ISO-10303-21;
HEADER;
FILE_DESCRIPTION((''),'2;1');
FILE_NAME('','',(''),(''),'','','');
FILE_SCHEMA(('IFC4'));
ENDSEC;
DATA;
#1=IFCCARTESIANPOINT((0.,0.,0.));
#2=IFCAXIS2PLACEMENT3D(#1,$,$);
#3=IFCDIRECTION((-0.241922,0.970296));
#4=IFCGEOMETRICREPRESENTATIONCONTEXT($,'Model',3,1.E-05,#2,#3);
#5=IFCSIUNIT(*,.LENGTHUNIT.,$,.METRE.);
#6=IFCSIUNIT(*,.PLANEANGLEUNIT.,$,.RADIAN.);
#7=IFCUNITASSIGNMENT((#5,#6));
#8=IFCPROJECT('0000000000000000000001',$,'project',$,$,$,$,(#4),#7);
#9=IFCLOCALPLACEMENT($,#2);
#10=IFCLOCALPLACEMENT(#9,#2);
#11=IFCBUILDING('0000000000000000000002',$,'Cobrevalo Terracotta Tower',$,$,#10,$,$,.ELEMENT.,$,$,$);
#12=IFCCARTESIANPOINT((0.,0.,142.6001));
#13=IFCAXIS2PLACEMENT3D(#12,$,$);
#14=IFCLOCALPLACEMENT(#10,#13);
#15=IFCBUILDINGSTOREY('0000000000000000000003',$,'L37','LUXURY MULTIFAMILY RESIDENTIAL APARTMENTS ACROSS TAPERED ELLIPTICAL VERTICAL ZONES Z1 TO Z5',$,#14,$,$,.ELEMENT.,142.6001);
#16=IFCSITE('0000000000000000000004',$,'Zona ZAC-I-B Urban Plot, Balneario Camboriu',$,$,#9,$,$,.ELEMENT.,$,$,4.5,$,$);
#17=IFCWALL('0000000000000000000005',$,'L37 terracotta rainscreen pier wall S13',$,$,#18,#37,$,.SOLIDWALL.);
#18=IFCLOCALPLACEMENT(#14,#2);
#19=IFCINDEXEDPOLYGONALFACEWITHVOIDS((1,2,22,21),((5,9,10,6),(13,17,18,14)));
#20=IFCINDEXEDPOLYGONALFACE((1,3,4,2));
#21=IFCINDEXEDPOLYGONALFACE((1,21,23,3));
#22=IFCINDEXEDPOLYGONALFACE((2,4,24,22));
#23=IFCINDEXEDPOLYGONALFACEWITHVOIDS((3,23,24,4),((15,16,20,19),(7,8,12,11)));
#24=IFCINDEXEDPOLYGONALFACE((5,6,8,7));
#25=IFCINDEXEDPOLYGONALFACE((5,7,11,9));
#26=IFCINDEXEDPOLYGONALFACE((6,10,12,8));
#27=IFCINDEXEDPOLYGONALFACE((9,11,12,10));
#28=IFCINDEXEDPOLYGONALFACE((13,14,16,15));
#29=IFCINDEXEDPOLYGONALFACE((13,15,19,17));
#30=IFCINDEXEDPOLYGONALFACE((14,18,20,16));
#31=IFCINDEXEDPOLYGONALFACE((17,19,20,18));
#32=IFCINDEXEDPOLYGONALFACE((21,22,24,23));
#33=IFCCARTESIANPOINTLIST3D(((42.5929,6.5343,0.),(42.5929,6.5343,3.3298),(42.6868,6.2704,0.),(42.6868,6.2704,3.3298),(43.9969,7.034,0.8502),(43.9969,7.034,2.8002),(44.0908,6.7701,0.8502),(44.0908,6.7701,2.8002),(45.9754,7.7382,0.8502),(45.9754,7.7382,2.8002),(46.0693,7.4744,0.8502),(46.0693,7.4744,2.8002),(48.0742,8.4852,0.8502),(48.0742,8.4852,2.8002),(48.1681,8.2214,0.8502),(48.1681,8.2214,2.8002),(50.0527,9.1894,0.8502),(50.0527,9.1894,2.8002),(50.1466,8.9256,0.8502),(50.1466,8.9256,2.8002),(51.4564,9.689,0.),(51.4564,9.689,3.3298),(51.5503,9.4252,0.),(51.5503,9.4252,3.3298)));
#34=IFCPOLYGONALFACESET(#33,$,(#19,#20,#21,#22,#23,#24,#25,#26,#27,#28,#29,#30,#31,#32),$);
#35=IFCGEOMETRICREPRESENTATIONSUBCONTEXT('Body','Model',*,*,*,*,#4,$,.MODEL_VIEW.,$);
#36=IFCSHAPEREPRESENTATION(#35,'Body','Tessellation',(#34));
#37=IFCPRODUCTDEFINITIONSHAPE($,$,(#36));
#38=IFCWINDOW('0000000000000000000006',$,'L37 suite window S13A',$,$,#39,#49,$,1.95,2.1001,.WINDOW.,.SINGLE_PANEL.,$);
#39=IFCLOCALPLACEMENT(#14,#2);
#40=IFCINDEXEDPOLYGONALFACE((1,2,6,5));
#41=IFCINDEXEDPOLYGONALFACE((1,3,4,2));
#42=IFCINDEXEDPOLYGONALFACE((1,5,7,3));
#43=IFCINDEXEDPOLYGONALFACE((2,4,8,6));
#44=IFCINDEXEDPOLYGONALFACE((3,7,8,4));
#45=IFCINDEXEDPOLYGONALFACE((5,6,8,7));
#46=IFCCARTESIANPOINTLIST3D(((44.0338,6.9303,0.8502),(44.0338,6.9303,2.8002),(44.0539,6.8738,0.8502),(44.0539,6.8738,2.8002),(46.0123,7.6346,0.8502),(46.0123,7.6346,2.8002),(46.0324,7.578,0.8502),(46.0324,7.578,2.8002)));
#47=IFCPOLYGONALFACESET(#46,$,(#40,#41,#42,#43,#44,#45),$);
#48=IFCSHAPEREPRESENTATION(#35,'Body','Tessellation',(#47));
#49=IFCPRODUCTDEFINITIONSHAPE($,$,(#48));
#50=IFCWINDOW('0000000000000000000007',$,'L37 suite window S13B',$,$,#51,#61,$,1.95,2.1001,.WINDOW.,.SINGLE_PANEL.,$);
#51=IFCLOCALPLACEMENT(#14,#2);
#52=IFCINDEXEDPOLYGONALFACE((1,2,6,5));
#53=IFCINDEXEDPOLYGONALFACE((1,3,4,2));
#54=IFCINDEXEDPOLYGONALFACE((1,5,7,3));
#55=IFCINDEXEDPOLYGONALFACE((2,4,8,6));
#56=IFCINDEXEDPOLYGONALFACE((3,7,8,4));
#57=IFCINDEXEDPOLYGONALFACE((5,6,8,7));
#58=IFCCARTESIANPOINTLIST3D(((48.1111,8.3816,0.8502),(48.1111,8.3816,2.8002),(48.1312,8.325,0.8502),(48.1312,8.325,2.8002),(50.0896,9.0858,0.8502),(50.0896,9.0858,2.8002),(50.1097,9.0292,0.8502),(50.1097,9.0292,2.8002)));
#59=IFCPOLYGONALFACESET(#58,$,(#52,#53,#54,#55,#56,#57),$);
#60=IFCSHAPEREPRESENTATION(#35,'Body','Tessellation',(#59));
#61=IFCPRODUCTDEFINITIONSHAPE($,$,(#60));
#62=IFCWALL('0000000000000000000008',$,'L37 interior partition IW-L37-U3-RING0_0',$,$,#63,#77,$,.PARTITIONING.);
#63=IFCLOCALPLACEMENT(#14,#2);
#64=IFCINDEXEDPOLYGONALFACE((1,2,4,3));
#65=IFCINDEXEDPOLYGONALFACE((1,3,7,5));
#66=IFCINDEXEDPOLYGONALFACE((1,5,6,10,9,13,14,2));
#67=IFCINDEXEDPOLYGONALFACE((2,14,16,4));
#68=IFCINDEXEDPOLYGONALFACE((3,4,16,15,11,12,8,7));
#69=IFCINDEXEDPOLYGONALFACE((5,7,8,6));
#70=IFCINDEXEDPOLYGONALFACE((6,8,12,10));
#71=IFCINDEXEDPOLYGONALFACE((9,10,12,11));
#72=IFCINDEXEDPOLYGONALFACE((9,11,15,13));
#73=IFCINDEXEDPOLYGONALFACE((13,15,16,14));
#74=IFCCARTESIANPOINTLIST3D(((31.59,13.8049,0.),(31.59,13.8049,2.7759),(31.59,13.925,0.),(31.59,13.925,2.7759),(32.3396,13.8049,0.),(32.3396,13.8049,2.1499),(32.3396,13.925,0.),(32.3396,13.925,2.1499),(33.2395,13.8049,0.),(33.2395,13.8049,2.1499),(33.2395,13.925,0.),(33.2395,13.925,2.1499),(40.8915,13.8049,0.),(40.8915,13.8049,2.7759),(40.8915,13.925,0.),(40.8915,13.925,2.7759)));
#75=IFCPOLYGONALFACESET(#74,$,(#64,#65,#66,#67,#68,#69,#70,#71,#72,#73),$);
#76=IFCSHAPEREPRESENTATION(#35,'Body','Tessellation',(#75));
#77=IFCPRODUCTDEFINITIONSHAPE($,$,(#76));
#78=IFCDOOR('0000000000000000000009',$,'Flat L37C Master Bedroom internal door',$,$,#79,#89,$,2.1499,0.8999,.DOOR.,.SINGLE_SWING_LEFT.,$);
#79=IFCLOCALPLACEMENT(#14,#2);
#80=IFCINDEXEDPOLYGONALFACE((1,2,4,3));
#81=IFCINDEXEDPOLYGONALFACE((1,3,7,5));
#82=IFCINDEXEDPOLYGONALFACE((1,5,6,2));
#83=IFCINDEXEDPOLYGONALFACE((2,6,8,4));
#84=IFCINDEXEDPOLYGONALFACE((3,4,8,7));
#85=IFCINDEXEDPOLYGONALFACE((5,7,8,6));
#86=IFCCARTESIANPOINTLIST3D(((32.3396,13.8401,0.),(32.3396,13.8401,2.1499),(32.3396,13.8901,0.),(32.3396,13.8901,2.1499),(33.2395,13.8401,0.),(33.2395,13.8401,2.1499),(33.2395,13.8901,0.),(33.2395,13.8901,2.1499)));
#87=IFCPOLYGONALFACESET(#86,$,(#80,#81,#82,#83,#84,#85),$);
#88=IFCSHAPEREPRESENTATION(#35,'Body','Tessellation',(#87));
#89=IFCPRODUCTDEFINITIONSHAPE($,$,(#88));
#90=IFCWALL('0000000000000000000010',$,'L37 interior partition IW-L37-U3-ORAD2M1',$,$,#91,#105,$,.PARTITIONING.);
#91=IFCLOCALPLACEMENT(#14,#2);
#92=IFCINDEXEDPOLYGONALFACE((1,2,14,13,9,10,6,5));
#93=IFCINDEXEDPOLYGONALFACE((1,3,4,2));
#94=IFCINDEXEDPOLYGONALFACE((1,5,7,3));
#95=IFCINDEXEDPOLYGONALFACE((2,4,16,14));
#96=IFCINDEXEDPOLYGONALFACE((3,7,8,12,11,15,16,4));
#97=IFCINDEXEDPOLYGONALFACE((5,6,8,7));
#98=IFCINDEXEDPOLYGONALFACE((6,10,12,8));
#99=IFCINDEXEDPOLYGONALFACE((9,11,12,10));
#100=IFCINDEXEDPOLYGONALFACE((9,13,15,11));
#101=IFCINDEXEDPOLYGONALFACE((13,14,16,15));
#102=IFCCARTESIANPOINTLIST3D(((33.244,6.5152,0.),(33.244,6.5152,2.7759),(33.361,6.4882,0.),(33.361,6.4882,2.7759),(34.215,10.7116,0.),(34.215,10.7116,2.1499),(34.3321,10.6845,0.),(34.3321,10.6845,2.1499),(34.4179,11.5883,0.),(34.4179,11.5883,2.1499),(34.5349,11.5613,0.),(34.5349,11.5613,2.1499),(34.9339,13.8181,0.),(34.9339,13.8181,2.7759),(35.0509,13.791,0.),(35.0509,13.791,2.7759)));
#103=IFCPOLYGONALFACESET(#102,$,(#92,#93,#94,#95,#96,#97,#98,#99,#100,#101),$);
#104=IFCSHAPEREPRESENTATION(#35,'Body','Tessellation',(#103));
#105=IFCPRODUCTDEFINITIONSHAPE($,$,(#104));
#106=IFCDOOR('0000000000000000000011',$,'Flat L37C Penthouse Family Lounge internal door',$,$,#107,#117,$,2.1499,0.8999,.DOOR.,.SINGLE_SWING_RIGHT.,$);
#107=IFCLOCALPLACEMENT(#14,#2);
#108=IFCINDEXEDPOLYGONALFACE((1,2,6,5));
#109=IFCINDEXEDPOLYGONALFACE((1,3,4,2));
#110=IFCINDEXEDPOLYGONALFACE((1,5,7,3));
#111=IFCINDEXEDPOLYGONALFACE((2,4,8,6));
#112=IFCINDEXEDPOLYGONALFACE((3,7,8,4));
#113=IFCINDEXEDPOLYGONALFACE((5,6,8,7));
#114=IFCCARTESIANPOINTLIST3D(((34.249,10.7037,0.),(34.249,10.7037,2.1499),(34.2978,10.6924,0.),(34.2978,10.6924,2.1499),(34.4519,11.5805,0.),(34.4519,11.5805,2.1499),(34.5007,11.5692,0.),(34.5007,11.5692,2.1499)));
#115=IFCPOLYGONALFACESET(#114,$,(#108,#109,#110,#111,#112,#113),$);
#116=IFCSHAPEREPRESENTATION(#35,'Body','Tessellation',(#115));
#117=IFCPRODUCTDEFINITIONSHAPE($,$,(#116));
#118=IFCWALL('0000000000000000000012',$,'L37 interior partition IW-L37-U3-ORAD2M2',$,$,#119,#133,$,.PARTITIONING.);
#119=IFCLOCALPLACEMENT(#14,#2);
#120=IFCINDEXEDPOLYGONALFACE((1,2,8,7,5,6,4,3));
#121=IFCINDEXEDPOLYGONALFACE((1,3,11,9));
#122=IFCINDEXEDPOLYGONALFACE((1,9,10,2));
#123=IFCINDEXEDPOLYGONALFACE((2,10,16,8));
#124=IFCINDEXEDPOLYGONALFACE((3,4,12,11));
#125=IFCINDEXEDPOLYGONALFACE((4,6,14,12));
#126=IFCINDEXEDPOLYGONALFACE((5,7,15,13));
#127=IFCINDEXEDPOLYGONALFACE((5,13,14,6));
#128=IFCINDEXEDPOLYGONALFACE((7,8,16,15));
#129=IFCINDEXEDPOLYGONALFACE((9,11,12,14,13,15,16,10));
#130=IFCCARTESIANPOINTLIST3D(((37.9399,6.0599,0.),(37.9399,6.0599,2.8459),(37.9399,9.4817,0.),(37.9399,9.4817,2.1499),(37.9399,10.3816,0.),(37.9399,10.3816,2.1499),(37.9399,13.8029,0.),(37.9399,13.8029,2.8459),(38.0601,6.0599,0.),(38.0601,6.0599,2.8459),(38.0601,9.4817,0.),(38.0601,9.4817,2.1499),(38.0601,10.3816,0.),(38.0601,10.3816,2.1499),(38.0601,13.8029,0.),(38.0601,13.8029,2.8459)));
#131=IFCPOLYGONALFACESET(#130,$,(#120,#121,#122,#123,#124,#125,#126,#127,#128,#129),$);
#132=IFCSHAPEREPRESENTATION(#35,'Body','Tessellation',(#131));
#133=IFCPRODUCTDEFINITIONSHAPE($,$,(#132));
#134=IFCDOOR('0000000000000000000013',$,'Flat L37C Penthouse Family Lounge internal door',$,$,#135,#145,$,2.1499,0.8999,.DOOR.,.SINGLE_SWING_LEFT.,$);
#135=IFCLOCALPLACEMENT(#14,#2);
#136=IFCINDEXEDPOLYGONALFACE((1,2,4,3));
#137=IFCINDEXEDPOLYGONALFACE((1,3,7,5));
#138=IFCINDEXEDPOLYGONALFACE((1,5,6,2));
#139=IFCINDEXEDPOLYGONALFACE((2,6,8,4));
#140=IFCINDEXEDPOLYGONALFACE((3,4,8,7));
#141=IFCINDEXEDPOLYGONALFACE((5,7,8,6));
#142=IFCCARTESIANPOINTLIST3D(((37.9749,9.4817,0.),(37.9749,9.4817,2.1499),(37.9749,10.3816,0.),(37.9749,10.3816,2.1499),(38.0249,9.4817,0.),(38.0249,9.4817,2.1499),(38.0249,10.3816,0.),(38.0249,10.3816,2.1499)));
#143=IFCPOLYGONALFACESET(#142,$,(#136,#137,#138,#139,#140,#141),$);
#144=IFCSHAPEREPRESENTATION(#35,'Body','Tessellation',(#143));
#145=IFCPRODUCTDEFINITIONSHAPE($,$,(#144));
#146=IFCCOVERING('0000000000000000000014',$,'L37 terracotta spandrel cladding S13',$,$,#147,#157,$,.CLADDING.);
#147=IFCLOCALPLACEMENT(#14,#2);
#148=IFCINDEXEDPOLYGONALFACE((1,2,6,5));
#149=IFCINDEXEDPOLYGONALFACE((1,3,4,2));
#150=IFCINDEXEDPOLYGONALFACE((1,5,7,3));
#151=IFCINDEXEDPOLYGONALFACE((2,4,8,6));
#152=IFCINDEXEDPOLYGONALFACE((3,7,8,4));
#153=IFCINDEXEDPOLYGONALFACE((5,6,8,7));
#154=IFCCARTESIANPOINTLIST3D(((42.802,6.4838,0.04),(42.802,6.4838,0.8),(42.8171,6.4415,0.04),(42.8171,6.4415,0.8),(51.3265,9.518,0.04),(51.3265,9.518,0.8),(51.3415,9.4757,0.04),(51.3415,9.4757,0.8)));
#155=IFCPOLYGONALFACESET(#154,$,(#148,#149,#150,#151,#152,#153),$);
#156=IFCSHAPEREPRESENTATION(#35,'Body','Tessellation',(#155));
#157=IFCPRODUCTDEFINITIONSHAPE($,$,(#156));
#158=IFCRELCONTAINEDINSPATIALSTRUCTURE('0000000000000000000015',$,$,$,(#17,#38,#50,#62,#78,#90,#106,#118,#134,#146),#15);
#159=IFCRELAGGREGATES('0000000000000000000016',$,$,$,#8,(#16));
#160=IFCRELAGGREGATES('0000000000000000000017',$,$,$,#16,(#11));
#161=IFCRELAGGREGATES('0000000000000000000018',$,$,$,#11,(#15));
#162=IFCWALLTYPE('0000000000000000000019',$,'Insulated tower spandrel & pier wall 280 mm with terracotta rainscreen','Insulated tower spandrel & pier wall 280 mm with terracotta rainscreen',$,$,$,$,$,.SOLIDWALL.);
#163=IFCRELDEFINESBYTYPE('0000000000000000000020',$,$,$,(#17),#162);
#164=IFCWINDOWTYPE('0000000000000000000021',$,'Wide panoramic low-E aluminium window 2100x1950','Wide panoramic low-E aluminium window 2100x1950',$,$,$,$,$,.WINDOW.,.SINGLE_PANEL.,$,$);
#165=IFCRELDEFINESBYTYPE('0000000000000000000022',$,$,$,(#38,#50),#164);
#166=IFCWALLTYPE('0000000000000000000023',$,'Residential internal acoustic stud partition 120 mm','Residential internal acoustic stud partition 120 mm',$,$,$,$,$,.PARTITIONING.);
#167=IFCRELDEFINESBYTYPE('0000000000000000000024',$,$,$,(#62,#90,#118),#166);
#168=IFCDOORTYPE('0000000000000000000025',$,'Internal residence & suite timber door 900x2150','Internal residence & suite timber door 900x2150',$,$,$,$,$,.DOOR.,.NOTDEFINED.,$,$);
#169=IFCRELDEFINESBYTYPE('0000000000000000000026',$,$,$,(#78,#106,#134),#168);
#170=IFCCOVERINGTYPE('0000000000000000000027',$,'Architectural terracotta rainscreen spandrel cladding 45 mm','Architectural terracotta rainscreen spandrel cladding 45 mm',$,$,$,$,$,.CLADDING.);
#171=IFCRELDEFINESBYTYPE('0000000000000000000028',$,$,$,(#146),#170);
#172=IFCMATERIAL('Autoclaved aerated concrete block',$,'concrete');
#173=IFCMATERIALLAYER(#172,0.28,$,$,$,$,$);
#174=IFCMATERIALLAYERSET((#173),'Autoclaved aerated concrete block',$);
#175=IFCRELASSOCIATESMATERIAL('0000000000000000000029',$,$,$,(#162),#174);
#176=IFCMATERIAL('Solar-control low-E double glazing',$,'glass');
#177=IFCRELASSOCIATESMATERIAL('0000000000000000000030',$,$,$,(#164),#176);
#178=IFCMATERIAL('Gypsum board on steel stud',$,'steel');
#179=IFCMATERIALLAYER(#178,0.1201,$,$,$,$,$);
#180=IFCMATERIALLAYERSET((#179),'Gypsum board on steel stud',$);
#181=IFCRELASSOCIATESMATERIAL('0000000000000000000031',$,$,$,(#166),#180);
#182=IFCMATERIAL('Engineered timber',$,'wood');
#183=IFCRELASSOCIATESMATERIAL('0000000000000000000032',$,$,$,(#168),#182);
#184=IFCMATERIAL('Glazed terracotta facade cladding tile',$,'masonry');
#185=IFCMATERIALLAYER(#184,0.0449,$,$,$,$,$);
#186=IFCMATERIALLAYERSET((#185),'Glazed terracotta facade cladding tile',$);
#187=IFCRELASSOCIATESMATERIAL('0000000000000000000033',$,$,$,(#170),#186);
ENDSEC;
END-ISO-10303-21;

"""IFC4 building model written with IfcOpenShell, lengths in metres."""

from ifc_helpers import new_model, si_unit, direction, frame, frame_2d, origin, origin_2d, place, context, subcontext, project, spatial, rectangle, extrude, source, transform, mapped, material, layer, layer_set, type_object, element, fill, save


model = new_model("IFC4")

# Units and contexts
model_context = context("Model", 3, precision=1e-05, world=origin(), true_north=direction((-0.241922, 0.970296)))
body_context = subcontext(model_context, "Body", "Model", "MODEL_VIEW")
ifc_project = project(units=[si_unit("LENGTHUNIT", "METRE"), si_unit("PLANEANGLEUNIT", "RADIAN")], contexts=[model_context])

# Site, building, storey
site_placement = place(None, origin())
site = spatial("IfcSite", under=ifc_project, at=site_placement, Name="Zona ZAC-I-B Urban Plot, Balneario Camboriu", CompositionType="ELEMENT", RefElevation=4.5)
building_placement = place(site_placement, origin())
building = spatial("IfcBuilding", under=site, at=building_placement, Name="Cobrevalo Terracotta Tower", CompositionType="ELEMENT")
storey_placement = place(building_placement, frame((0.0, 0.0, 142.6001)))
storey = spatial("IfcBuildingStorey", under=building, at=storey_placement, Name="L37", Description="LUXURY MULTIFAMILY RESIDENTIAL APARTMENTS ACROSS TAPERED ELLIPTICAL VERTICAL ZONES Z1 TO Z5", CompositionType="ELEMENT", Elevation=142.6001)

# Shared definitions
ifc_material_1 = material(Name="Solar-control low-E double glazing", Category="glass")

# Shared definitions
ifc_material_2 = material(Name="Autoclaved aerated concrete block", Category="concrete")

# Wall, openings, windows
ifc_layer_1 = layer(ifc_material_2, 0.28)
ifc_layer_set_1 = layer_set([ifc_layer_1], Name="Autoclaved aerated concrete block")
wall_type_1 = type_object("IfcWallType", Name="Insulated tower spandrel & pier wall 280 mm with terracotta rainscreen", Description="Insulated tower spandrel & pier wall 280 mm with terracotta rainscreen", PredefinedType="SOLIDWALL", material=ifc_layer_set_1)
wall_1_placement = place(storey_placement, frame((42.6399, 6.4023, 0.0), z_axis=(0.0, 0.0, 1.0), x_axis=(0.942104, 0.335322, 0.0)))
wall_1 = element("IfcWall", 1, at=wall_1_placement, inside=storey, type_object=wall_type_1, Name="L37 terracotta rainscreen pier wall S13", PredefinedType="SOLIDWALL", context=body_context, shape_type="SweptSolid", body=[
    extrude(rectangle(XDim=9.4082, YDim=0.28, at=frame_2d((4.7041, 0.0))), origin(), (0.0, 0.0, 1.0), 3.3298),
])
opening_1_placement = place(wall_1_placement, frame((1.4902, 0.0, 0.8501)))
opening_1 = element("IfcOpeningElement", 2, at=opening_1_placement, cuts=wall_1, PredefinedType="OPENING", context=body_context, shape_type="SweptSolid", body=[
    extrude(rectangle(XDim=2.1001, YDim=1.95, at=frame_2d((1.05, 0.9751))), frame((0.0, 0.1499, 0.0), z_axis=(0.0, -1.0, 0.0), x_axis=(1.0, 0.0, 0.0)), (0.0, 0.0, 1.0), 0.3),
])
opening_2_placement = place(wall_1_placement, frame((5.8181, 0.0, 0.8501)))
opening_2 = element("IfcOpeningElement", 3, at=opening_2_placement, cuts=wall_1, PredefinedType="OPENING", context=body_context, shape_type="SweptSolid", body=[
    extrude(rectangle(XDim=2.1001, YDim=1.95, at=frame_2d((1.05, 0.9751))), frame((0.0, 0.1499, 0.0), z_axis=(0.0, -1.0, 0.0), x_axis=(1.0, 0.0, 0.0)), (0.0, 0.0, 1.0), 0.3),
])
window_type = type_object("IfcWindowType", Name="Wide panoramic low-E aluminium window 2100x1950", Description="Wide panoramic low-E aluminium window 2100x1950", PartitioningType="SINGLE_PANEL", PredefinedType="WINDOW", material=ifc_material_1)
shared_shape_1 = source(origin(), body_context, "Body", "SweptSolid", [
    extrude(rectangle(XDim=2.1001, YDim=1.95, at=frame_2d((1.05, 0.9751))), frame((0.0, 0.03, 0.0), z_axis=(0.0, -1.0, 0.0), x_axis=(1.0, 0.0, 0.0)), (0.0, 0.0, 1.0), 0.0601),
])
window_1_placement = place(opening_1_placement, origin())
window_1 = element("IfcWindow", 4, at=window_1_placement, inside=storey, type_object=window_type, Name="L37 suite window S13A", OverallHeight=1.95, OverallWidth=2.1001, PartitioningType="SINGLE_PANEL", PredefinedType="WINDOW", context=body_context, shape_type="MappedRepresentation", body=[
    mapped(shared_shape_1, transform((0.0, 0.0, 0.0), scale=1.0)),
])
fill(opening_1, window_1)
window_2_placement = place(opening_2_placement, origin())
window_2 = element("IfcWindow", 5, at=window_2_placement, inside=storey, type_object=window_type, Name="L37 suite window S13B", OverallHeight=1.95, OverallWidth=2.1001, PartitioningType="SINGLE_PANEL", PredefinedType="WINDOW", context=body_context, shape_type="MappedRepresentation", body=[
    mapped(shared_shape_1, transform((0.0, 0.0, 0.0), scale=1.0)),
])
fill(opening_2, window_2)

# Walls, openings, doors
ifc_material_3 = material(Name="Gypsum board on steel stud", Category="steel")
ifc_layer_2 = layer(ifc_material_3, 0.1201)
ifc_layer_set_2 = layer_set([ifc_layer_2], Name="Gypsum board on steel stud")
wall_type_2 = type_object("IfcWallType", Name="Residential internal acoustic stud partition 120 mm", Description="Residential internal acoustic stud partition 120 mm", PredefinedType="PARTITIONING", material=ifc_layer_set_2)
wall_2_placement = place(storey_placement, frame((40.8916, 13.865, 0.0), z_axis=(0.0, 0.0, 1.0), x_axis=(-1.0, 0.0, 0.0)))
wall_2 = element("IfcWall", 6, at=wall_2_placement, inside=storey, type_object=wall_type_2, Name="L37 interior partition IW-L37-U3-RING0_0", PredefinedType="PARTITIONING", context=body_context, shape_type="SweptSolid", body=[
    extrude(rectangle(XDim=9.3015, YDim=0.1201, at=frame_2d((4.6509, 0.0))), origin(), (0.0, 0.0, 1.0), 2.7759),
])
opening_3_placement = place(wall_2_placement, frame((7.6521, 0.0, 0.0)))
opening_3 = element("IfcOpeningElement", 7, at=opening_3_placement, cuts=wall_2, PredefinedType="OPENING", context=body_context, shape_type="SweptSolid", body=[
    extrude(rectangle(XDim=0.8999, YDim=2.1499, at=frame_2d((0.45, 1.075))), frame((0.0, 0.0701, 0.0), z_axis=(0.0, -1.0, 0.0), x_axis=(1.0, 0.0, 0.0)), (0.0, 0.0, 1.0), 0.1401),
])
ifc_material_4 = material(Name="Engineered timber", Category="wood")
door_type = type_object("IfcDoorType", Name="Internal residence & suite timber door 900x2150", Description="Internal residence & suite timber door 900x2150", OperationType="NOTDEFINED", PredefinedType="DOOR", material=ifc_material_4)
shared_shape_2 = source(origin(), body_context, "Body", "SweptSolid", [
    extrude(rectangle(XDim=0.8999, YDim=2.1499, at=frame_2d((0.45, 1.075))), frame((0.0, 0.0249, 0.0), z_axis=(0.0, -1.0, 0.0), x_axis=(1.0, 0.0, 0.0)), (0.0, 0.0, 1.0), 0.05),
])
door_1_placement = place(opening_3_placement, origin())
door_1 = element("IfcDoor", 8, at=door_1_placement, inside=storey, type_object=door_type, Name="Flat L37C Master Bedroom internal door", OperationType="SINGLE_SWING_LEFT", OverallHeight=2.1499, OverallWidth=0.8999, PredefinedType="DOOR", context=body_context, shape_type="MappedRepresentation", body=[
    mapped(shared_shape_2, transform((0.0, 0.0, 0.0), scale=1.0)),
])
fill(opening_3, door_1)
wall_3_placement = place(storey_placement, frame((34.9924, 13.8047, 0.0), z_axis=(0.0, 0.0, 1.0), x_axis=(-0.225447, -0.974255, 0.0)))
wall_3 = element("IfcWall", 9, at=wall_3_placement, inside=storey, type_object=wall_type_2, Name="L37 interior partition IW-L37-U3-ORAD2M1", PredefinedType="PARTITIONING", context=body_context, shape_type="SweptSolid", body=[
    extrude(rectangle(XDim=7.4958, YDim=0.1201, at=frame_2d((3.748, 0.0))), origin(), (0.0, 0.0, 1.0), 2.7759),
])
opening_4_placement = place(wall_3_placement, frame((2.2888, 0.0, 0.0)))
opening_4 = element("IfcOpeningElement", 10, at=opening_4_placement, cuts=wall_3, PredefinedType="OPENING", context=body_context, shape_type="SweptSolid", body=[
    extrude(rectangle(XDim=0.8999, YDim=2.1499, at=frame_2d((0.45, 1.075))), frame((0.0, 0.0701, 0.0), z_axis=(0.0, -1.0, 0.0), x_axis=(1.0, 0.0, 0.0)), (0.0, 0.0, 1.0), 0.1401),
])
door_2_placement = place(opening_4_placement, origin())
door_2 = element("IfcDoor", 11, at=door_2_placement, inside=storey, type_object=door_type, Name="Flat L37C Penthouse Family Lounge internal door", OperationType="SINGLE_SWING_RIGHT", OverallHeight=2.1499, OverallWidth=0.8999, PredefinedType="DOOR", context=body_context, shape_type="MappedRepresentation", body=[
    mapped(shared_shape_2, transform((0.0, 0.0, 0.0), scale=1.0)),
])
fill(opening_4, door_2)
wall_4_placement = place(storey_placement, frame((38.0, 13.803, 0.0), z_axis=(0.0, 0.0, 1.0), x_axis=(0.0, -1.0, 0.0)))
wall_4 = element("IfcWall", 12, at=wall_4_placement, inside=storey, type_object=wall_type_2, Name="L37 interior partition IW-L37-U3-ORAD2M2", PredefinedType="PARTITIONING", context=body_context, shape_type="SweptSolid", body=[
    extrude(rectangle(XDim=7.7429, YDim=0.1201, at=frame_2d((3.8716, 0.0))), origin(), (0.0, 0.0, 1.0), 2.8459),
])
opening_5_placement = place(wall_4_placement, frame((3.4214, 0.0, 0.0)))
opening_5 = element("IfcOpeningElement", 13, at=opening_5_placement, cuts=wall_4, PredefinedType="OPENING", context=body_context, shape_type="SweptSolid", body=[
    extrude(rectangle(XDim=0.8999, YDim=2.1499, at=frame_2d((0.45, 1.075))), frame((0.0, 0.0701, 0.0), z_axis=(0.0, -1.0, 0.0), x_axis=(1.0, 0.0, 0.0)), (0.0, 0.0, 1.0), 0.1401),
])
door_3_placement = place(opening_5_placement, origin())
door_3 = element("IfcDoor", 14, at=door_3_placement, inside=storey, type_object=door_type, Name="Flat L37C Penthouse Family Lounge internal door", OperationType="SINGLE_SWING_LEFT", OverallHeight=2.1499, OverallWidth=0.8999, PredefinedType="DOOR", context=body_context, shape_type="MappedRepresentation", body=[
    mapped(shared_shape_2, transform((0.0, 0.0, 0.0), scale=1.0)),
])
fill(opening_5, door_3)

# Covering
ifc_material_5 = material(Name="Glazed terracotta facade cladding tile", Category="masonry")
ifc_layer_3 = layer(ifc_material_5, 0.0449)
ifc_layer_set_3 = layer_set([ifc_layer_3], Name="Glazed terracotta facade cladding tile")
covering_type = type_object("IfcCoveringType", Name="Architectural terracotta rainscreen spandrel cladding 45 mm", Description="Architectural terracotta rainscreen spandrel cladding 45 mm", PredefinedType="CLADDING", material=ifc_layer_set_3)
shared_shape_3 = source(origin(), body_context, "Body", "SweptSolid", [
    extrude(rectangle(XDim=9.0483, YDim=0.0449, at=origin_2d()), origin(), (0.0, 0.0, 1.0), 0.76),
])
covering_placement = place(storey_placement, frame((47.0718, 7.9797, 0.04), z_axis=(0.0, 0.0, 1.0), x_axis=(0.942098, 0.335336, 0.0)))
element("IfcCovering", 15, at=covering_placement, inside=storey, type_object=covering_type, Name="L37 terracotta spandrel cladding S13", PredefinedType="CLADDING", context=body_context, shape_type="MappedRepresentation", body=[
    mapped(shared_shape_3, transform((0.0, 0.0, 0.0), scale=1.0)),
])

save(model, "model.ifc")
